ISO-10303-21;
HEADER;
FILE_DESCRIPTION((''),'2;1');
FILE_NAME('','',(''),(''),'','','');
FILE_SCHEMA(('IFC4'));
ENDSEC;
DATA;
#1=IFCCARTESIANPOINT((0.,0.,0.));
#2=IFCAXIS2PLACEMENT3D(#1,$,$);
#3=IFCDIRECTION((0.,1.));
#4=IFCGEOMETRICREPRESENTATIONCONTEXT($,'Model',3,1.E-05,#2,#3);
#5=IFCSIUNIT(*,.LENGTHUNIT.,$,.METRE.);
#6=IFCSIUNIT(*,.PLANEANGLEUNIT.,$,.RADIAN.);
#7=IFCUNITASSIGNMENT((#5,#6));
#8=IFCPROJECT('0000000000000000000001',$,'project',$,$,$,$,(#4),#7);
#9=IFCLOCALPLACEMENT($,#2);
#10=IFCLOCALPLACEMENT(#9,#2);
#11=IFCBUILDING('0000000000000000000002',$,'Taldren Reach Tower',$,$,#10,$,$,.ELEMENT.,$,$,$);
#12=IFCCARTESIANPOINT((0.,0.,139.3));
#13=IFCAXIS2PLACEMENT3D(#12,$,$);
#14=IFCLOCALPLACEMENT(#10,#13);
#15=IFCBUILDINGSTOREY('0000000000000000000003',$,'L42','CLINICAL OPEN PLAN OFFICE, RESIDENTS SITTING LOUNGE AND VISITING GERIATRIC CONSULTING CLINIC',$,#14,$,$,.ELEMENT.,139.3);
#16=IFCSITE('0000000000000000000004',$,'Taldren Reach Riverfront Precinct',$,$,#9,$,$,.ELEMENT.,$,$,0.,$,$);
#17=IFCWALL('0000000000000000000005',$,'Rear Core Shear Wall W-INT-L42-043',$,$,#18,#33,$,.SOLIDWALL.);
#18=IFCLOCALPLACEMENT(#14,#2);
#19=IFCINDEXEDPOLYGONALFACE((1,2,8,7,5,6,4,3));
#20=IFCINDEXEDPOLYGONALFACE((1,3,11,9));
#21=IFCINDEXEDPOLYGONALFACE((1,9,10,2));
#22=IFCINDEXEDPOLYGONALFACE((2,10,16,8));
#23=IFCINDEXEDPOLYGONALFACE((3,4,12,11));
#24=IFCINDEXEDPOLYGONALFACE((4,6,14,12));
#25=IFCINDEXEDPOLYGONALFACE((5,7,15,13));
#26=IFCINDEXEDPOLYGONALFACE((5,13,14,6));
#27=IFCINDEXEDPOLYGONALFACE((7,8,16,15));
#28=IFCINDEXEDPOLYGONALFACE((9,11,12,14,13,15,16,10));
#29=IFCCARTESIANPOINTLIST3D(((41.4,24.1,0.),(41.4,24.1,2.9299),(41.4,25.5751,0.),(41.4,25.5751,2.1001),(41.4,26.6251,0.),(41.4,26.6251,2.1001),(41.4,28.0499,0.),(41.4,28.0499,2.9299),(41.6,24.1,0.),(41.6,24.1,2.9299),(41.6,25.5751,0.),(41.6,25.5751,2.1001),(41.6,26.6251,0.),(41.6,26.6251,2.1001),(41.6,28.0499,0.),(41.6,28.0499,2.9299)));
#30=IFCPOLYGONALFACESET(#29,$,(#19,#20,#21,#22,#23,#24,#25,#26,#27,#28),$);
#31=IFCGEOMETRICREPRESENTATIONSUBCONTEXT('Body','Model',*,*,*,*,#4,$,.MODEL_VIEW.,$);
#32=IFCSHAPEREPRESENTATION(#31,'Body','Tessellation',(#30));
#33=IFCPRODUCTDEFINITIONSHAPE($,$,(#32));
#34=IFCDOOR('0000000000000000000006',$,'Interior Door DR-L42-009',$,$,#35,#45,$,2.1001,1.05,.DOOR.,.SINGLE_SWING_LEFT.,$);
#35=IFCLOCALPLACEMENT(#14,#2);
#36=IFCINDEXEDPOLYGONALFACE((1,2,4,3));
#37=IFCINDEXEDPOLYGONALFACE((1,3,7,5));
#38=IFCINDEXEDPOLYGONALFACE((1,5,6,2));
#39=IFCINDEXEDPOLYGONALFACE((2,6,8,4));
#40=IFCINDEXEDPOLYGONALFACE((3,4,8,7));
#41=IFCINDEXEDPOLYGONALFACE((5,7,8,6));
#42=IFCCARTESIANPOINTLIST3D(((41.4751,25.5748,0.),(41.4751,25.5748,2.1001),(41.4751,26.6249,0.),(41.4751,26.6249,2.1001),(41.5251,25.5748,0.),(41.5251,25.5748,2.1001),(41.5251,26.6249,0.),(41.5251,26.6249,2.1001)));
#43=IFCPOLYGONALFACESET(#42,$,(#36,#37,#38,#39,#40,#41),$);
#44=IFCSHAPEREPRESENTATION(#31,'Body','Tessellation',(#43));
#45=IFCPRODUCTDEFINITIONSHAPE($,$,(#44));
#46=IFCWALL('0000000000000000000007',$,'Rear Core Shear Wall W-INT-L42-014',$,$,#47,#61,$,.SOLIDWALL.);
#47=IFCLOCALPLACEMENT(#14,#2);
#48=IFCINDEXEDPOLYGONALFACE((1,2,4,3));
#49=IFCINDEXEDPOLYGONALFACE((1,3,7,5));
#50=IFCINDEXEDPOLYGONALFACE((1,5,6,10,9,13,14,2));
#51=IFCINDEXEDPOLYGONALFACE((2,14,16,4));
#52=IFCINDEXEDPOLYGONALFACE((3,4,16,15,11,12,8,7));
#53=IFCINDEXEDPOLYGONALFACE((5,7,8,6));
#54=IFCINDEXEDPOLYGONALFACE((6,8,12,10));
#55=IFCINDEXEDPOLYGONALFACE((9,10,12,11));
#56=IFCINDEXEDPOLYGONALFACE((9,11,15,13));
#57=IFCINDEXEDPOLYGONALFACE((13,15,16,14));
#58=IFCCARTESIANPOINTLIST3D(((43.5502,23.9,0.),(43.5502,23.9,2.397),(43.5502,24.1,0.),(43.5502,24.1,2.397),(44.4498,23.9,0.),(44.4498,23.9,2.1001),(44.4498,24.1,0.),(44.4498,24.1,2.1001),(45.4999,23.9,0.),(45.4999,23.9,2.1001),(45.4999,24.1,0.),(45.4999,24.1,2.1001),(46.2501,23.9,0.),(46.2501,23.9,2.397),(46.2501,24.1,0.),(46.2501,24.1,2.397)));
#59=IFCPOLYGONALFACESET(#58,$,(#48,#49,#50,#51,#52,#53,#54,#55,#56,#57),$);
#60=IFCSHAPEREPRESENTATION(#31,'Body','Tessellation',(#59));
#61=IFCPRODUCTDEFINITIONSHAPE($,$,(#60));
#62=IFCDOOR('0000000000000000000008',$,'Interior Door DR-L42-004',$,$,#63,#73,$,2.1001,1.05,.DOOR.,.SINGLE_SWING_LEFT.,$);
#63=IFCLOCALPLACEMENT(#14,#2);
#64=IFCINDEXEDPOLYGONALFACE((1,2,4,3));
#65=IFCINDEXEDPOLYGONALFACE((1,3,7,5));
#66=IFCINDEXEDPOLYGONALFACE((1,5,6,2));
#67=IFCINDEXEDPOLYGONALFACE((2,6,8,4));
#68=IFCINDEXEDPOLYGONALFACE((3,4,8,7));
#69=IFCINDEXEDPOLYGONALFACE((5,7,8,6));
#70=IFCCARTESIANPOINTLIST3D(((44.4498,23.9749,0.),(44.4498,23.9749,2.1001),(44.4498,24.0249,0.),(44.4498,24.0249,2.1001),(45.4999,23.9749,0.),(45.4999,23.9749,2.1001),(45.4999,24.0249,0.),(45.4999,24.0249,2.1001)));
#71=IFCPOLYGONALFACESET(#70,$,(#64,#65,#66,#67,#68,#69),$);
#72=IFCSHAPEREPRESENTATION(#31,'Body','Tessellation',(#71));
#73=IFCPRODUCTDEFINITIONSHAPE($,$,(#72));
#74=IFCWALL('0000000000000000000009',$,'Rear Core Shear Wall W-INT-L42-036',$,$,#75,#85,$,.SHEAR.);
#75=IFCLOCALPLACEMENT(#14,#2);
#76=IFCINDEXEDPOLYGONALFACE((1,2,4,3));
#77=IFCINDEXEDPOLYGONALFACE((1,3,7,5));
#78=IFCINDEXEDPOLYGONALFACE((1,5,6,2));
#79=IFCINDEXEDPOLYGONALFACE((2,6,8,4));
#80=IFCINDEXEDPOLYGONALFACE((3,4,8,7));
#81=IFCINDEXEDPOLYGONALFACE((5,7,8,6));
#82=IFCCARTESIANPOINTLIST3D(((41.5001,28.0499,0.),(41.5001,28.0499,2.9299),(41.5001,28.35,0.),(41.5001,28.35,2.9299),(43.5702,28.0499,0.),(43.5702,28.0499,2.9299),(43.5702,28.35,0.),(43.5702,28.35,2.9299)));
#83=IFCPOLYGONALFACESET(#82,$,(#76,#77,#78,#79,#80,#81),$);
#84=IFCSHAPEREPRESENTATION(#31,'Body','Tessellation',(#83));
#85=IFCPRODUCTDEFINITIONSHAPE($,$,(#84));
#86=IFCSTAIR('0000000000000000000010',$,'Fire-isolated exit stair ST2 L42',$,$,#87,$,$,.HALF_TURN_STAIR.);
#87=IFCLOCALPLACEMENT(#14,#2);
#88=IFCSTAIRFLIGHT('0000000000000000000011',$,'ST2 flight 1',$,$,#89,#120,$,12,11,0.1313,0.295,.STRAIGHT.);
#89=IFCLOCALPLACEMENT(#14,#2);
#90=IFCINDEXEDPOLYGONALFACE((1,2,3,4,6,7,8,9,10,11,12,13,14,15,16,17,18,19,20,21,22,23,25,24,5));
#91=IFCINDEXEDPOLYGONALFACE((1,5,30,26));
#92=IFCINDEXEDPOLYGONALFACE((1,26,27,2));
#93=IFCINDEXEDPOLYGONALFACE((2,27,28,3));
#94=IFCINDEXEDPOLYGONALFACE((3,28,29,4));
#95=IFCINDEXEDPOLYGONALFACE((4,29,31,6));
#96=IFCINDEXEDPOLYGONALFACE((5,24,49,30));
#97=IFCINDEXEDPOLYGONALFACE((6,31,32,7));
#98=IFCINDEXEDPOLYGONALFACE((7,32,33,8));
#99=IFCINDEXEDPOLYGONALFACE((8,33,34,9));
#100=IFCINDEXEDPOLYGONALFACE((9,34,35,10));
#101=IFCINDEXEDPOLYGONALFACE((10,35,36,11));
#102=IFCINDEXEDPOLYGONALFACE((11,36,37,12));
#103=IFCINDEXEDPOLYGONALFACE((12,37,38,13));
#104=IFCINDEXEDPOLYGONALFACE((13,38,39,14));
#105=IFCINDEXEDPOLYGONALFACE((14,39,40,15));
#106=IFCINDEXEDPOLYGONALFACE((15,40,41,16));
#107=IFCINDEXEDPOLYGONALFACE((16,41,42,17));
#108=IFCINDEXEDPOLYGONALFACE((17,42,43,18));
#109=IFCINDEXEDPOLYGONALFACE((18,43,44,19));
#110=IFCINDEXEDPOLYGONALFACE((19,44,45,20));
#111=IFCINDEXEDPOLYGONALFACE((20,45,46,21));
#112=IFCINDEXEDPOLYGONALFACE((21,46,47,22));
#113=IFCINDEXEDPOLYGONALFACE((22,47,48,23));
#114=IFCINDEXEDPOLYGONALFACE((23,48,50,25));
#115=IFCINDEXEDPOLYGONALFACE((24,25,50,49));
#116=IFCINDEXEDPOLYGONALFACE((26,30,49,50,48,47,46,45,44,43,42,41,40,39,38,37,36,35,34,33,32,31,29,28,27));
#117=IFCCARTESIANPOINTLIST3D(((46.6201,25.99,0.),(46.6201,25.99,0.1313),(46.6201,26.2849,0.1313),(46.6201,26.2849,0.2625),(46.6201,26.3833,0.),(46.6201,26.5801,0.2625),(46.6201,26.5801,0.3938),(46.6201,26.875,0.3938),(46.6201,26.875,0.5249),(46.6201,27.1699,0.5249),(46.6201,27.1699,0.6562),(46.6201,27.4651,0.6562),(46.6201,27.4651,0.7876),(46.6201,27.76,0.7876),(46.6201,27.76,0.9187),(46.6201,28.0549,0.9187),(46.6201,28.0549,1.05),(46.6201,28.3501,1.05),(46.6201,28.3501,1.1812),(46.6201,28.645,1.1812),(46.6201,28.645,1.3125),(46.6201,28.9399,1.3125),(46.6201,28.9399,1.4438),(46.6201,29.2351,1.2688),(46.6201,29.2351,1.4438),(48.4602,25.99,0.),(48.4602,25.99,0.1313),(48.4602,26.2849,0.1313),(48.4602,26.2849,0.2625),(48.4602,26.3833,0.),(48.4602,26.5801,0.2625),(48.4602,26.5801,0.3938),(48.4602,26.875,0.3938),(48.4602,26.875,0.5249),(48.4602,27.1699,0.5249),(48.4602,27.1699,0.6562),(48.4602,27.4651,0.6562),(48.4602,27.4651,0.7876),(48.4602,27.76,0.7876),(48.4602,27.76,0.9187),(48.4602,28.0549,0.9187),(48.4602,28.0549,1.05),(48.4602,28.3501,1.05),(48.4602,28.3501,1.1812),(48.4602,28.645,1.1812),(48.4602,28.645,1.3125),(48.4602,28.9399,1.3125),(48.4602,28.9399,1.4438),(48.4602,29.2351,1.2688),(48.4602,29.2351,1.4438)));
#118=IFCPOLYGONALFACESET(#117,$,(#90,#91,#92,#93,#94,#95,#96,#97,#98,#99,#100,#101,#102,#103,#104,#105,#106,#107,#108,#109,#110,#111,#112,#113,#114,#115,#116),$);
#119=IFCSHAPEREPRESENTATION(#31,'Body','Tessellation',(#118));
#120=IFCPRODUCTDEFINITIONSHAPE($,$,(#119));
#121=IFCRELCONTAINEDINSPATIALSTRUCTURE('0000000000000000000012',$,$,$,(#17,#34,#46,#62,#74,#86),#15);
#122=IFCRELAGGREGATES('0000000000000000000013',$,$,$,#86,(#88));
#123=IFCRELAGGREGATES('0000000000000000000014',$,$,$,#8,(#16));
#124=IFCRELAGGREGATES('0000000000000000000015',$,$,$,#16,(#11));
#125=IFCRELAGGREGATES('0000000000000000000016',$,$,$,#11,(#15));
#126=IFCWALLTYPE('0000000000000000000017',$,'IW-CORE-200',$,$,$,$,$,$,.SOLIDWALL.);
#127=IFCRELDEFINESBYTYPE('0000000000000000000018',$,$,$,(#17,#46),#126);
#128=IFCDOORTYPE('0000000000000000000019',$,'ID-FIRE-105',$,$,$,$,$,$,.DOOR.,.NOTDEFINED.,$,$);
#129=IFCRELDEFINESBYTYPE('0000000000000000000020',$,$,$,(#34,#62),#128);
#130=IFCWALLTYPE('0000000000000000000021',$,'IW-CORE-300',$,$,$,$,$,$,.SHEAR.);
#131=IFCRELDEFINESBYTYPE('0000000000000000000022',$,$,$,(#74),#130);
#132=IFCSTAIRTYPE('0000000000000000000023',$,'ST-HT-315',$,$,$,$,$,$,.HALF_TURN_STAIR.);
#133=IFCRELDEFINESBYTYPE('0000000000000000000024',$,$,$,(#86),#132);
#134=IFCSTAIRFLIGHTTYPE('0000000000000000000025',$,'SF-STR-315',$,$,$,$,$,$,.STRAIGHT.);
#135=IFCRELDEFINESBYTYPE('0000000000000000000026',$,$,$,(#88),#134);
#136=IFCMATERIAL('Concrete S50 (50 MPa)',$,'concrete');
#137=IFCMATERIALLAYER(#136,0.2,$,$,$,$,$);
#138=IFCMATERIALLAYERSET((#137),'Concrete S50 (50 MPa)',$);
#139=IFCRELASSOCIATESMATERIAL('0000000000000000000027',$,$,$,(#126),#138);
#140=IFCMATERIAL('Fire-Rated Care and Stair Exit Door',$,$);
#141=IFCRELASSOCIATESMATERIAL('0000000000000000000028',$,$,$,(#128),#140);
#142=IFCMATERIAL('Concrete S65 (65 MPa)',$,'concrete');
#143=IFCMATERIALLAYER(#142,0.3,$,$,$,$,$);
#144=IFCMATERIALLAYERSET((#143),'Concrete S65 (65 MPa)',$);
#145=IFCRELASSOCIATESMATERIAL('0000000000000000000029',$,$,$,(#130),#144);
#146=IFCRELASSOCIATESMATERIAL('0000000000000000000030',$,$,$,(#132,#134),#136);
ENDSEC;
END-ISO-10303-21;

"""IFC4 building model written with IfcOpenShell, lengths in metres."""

from ifc_helpers import new_model, si_unit, direction, frame, frame_2d, origin, place, context, subcontext, project, spatial, polyline, rectangle, outline, extrude, source, transform, mapped, material, layer, layer_set, type_object, element, fill, aggregate, save


model = new_model("IFC4")

# Units and contexts
model_context = context("Model", 3, precision=1e-05, world=origin(), true_north=direction((0.0, 1.0)))
body_context = subcontext(model_context, "Body", "Model", "MODEL_VIEW")
ifc_project = project(units=[si_unit("LENGTHUNIT", "METRE"), si_unit("PLANEANGLEUNIT", "RADIAN")], contexts=[model_context])

# Site, building, storey
site_placement = place(None, origin())
site = spatial("IfcSite", under=ifc_project, at=site_placement, Name="Taldren Reach Riverfront Precinct", CompositionType="ELEMENT", RefElevation=0.0)
building_placement = place(site_placement, origin())
building = spatial("IfcBuilding", under=site, at=building_placement, Name="Taldren Reach Tower", CompositionType="ELEMENT")
storey_placement = place(building_placement, frame((0.0, 0.0, 139.3)))
storey = spatial("IfcBuildingStorey", under=building, at=storey_placement, Name="L42", Description="CLINICAL OPEN PLAN OFFICE, RESIDENTS SITTING LOUNGE AND VISITING GERIATRIC CONSULTING CLINIC", CompositionType="ELEMENT", Elevation=139.3)

# Shared definitions
ifc_material_1 = material(Name="Concrete S50 (50 MPa)", Category="concrete")
ifc_layer_1 = layer(ifc_material_1, 0.2)
ifc_layer_set_1 = layer_set([ifc_layer_1], Name="Concrete S50 (50 MPa)")
wall_type_1 = type_object("IfcWallType", Name="IW-CORE-200", PredefinedType="SOLIDWALL", material=ifc_layer_set_1)
shared_shape_1 = source(origin(), body_context, "Body", "SweptSolid", [
    extrude(rectangle(XDim=1.05, YDim=2.1001, at=frame_2d((0.5249, 1.05))), frame((0.0, 0.1099, 0.0), z_axis=(0.0, -1.0, 0.0), x_axis=(1.0, 0.0, 0.0)), (0.0, 0.0, 1.0), 0.22),
])
ifc_material_2 = material(Name="Fire-Rated Care and Stair Exit Door")
door_type_1 = type_object("IfcDoorType", Name="ID-FIRE-105", OperationType="NOTDEFINED", PredefinedType="DOOR", material=ifc_material_2)
shared_shape_2 = source(origin(), body_context, "Body", "SweptSolid", [
    extrude(rectangle(XDim=1.05, YDim=2.1001, at=frame_2d((0.5249, 1.05))), frame((0.0, 0.0249, 0.0), z_axis=(0.0, -1.0, 0.0), x_axis=(1.0, 0.0, 0.0)), (0.0, 0.0, 1.0), 0.05),
])

# Shared definitions
ifc_material_3 = material(Name="Concrete S65 (65 MPa)", Category="concrete")
ifc_layer_2 = layer(ifc_material_3, 0.3)
ifc_layer_set_2 = layer_set([ifc_layer_2], Name="Concrete S65 (65 MPa)")
wall_type_2 = type_object("IfcWallType", Name="IW-CORE-300", PredefinedType="SHEAR", material=ifc_layer_set_2)

# Shared definitions
shared_shape_3 = source(origin(), body_context, "Body", "SweptSolid", [
    extrude(rectangle(XDim=3.95, YDim=0.2, at=frame_2d((1.9751, 0.0))), origin(), (0.0, 0.0, 1.0), 2.9299),
])

# Walls, openings, doors
wall_1_placement = place(storey_placement, frame((41.5, 28.05, 0.0), z_axis=(0.0, 0.0, 1.0), x_axis=(0.0, -1.0, 0.0)))
wall_1 = element("IfcWall", 1, at=wall_1_placement, inside=storey, type_object=wall_type_1, Name="Rear Core Shear Wall W-INT-L42-043", PredefinedType="SOLIDWALL", context=body_context, shape_type="MappedRepresentation", body=[
    mapped(shared_shape_3, transform((0.0, 0.0, 0.0), scale=1.0)),
])
opening_1_placement = place(wall_1_placement, frame((1.425, 0.0, 0.0)))
opening_1 = element("IfcOpeningElement", 2, at=opening_1_placement, cuts=wall_1, PredefinedType="OPENING", context=body_context, shape_type="MappedRepresentation", body=[
    mapped(shared_shape_1, transform((0.0, 0.0, 0.0), scale=1.0)),
])
door_1_placement = place(opening_1_placement, frame((1.05, 0.0, 0.0), z_axis=(0.0, 0.0, 1.0), x_axis=(-1.0, 0.0, 0.0)))
door_1 = element("IfcDoor", 3, at=door_1_placement, inside=storey, type_object=door_type_1, Name="Interior Door DR-L42-009", OperationType="SINGLE_SWING_LEFT", OverallHeight=2.1001, OverallWidth=1.05, PredefinedType="DOOR", context=body_context, shape_type="MappedRepresentation", body=[
    mapped(shared_shape_2, transform((0.0, 0.0, 0.0), scale=1.0)),
])
fill(opening_1, door_1)
shared_shape_4 = source(origin(), body_context, "Body", "SweptSolid", [
    extrude(rectangle(XDim=2.7, YDim=0.2, at=frame_2d((1.3501, 0.0))), origin(), (0.0, 0.0, 1.0), 2.397),
])
wall_2_placement = place(storey_placement, frame((43.55, 24.0, 0.0), z_axis=(0.0, 0.0, 1.0), x_axis=(1.0, 0.0, 0.0)))
wall_2 = element("IfcWall", 4, at=wall_2_placement, inside=storey, type_object=wall_type_1, Name="Rear Core Shear Wall W-INT-L42-014", PredefinedType="SOLIDWALL", context=body_context, shape_type="MappedRepresentation", body=[
    mapped(shared_shape_4, transform((0.0, 0.0, 0.0), scale=1.0)),
])
opening_2_placement = place(wall_2_placement, frame((0.8999, 0.0, 0.0)))
opening_2 = element("IfcOpeningElement", 5, at=opening_2_placement, cuts=wall_2, PredefinedType="OPENING", context=body_context, shape_type="MappedRepresentation", body=[
    mapped(shared_shape_1, transform((0.0, 0.0, 0.0), scale=1.0)),
])
door_2_placement = place(opening_2_placement, origin())
door_2 = element("IfcDoor", 6, at=door_2_placement, inside=storey, type_object=door_type_1, Name="Interior Door DR-L42-004", OperationType="SINGLE_SWING_LEFT", OverallHeight=2.1001, OverallWidth=1.05, PredefinedType="DOOR", context=body_context, shape_type="MappedRepresentation", body=[
    mapped(shared_shape_2, transform((0.0, 0.0, 0.0), scale=1.0)),
])
fill(opening_2, door_2)

# Wall
shared_shape_5 = source(origin(), body_context, "Body", "SweptSolid", [
    extrude(rectangle(XDim=2.0701, YDim=0.3, at=frame_2d((1.0352, 0.0))), origin(), (0.0, 0.0, 1.0), 2.9299),
])
wall_3_placement = place(storey_placement, frame((41.5, 28.2, 0.0), z_axis=(0.0, 0.0, 1.0), x_axis=(1.0, 0.0, 0.0)))
element("IfcWall", 7, at=wall_3_placement, inside=storey, type_object=wall_type_2, Name="Rear Core Shear Wall W-INT-L42-036", PredefinedType="SHEAR", context=body_context, shape_type="MappedRepresentation", body=[
    mapped(shared_shape_5, transform((0.0, 0.0, 0.0), scale=1.0)),
])

# Stair, stair flight
stair_type = type_object("IfcStairType", Name="ST-HT-315", PredefinedType="HALF_TURN_STAIR", material=ifc_material_1)
stair_placement = place(storey_placement, origin())
stair = element("IfcStair", 8, at=stair_placement, inside=storey, type_object=stair_type, Name="Fire-isolated exit stair ST2 L42", PredefinedType="HALF_TURN_STAIR")
stair_flight_type = type_object("IfcStairFlightType", Name="SF-STR-315", PredefinedType="STRAIGHT", material=ifc_material_1)
stair_flight_placement = place(storey_placement, frame((47.54, 25.99, 0.0), z_axis=(0.0, 0.0, 1.0), x_axis=(0.0, 1.0, 0.0)))
stair_flight = element("IfcStairFlight", 9, at=stair_flight_placement, type_object=stair_flight_type, Name="ST2 flight 1", NumberOfRisers=12, NumberOfTreads=11, PredefinedType="STRAIGHT", RiserHeight=0.1313, TreadLength=0.295, context=body_context, shape_type="SweptSolid", body=[
    extrude(outline(polyline([(0.0, 0.0), (0.0, 0.1313), (0.2949, 0.1313), (0.2949, 0.2625), (0.5901, 0.2625), (0.5901, 0.3938), (0.885, 0.3938), (0.885, 0.5249), (1.1799, 0.5249), (1.1799, 0.6562), (1.4751, 0.6562), (1.4751, 0.7876), (1.77, 0.7876), (1.77, 0.9187), (2.0649, 0.9187), (2.0649, 1.05), (2.3601, 1.05), (2.3601, 1.1812), (2.655, 1.1812), (2.655, 1.3125), (2.95, 1.3125), (2.95, 1.4438), (3.2451, 1.4438), (3.2451, 1.575), (3.2451, 1.2688), (0.3933, 0.0), (0.0, 0.0)])), frame((0.0, 0.9199, 0.0), z_axis=(0.0, -1.0, 0.0), x_axis=(1.0, 0.0, 0.0)), (0.0, 0.0, 1.0), 1.8401),
])
aggregate(stair, [stair_flight])

save(model, "model.ifc")
